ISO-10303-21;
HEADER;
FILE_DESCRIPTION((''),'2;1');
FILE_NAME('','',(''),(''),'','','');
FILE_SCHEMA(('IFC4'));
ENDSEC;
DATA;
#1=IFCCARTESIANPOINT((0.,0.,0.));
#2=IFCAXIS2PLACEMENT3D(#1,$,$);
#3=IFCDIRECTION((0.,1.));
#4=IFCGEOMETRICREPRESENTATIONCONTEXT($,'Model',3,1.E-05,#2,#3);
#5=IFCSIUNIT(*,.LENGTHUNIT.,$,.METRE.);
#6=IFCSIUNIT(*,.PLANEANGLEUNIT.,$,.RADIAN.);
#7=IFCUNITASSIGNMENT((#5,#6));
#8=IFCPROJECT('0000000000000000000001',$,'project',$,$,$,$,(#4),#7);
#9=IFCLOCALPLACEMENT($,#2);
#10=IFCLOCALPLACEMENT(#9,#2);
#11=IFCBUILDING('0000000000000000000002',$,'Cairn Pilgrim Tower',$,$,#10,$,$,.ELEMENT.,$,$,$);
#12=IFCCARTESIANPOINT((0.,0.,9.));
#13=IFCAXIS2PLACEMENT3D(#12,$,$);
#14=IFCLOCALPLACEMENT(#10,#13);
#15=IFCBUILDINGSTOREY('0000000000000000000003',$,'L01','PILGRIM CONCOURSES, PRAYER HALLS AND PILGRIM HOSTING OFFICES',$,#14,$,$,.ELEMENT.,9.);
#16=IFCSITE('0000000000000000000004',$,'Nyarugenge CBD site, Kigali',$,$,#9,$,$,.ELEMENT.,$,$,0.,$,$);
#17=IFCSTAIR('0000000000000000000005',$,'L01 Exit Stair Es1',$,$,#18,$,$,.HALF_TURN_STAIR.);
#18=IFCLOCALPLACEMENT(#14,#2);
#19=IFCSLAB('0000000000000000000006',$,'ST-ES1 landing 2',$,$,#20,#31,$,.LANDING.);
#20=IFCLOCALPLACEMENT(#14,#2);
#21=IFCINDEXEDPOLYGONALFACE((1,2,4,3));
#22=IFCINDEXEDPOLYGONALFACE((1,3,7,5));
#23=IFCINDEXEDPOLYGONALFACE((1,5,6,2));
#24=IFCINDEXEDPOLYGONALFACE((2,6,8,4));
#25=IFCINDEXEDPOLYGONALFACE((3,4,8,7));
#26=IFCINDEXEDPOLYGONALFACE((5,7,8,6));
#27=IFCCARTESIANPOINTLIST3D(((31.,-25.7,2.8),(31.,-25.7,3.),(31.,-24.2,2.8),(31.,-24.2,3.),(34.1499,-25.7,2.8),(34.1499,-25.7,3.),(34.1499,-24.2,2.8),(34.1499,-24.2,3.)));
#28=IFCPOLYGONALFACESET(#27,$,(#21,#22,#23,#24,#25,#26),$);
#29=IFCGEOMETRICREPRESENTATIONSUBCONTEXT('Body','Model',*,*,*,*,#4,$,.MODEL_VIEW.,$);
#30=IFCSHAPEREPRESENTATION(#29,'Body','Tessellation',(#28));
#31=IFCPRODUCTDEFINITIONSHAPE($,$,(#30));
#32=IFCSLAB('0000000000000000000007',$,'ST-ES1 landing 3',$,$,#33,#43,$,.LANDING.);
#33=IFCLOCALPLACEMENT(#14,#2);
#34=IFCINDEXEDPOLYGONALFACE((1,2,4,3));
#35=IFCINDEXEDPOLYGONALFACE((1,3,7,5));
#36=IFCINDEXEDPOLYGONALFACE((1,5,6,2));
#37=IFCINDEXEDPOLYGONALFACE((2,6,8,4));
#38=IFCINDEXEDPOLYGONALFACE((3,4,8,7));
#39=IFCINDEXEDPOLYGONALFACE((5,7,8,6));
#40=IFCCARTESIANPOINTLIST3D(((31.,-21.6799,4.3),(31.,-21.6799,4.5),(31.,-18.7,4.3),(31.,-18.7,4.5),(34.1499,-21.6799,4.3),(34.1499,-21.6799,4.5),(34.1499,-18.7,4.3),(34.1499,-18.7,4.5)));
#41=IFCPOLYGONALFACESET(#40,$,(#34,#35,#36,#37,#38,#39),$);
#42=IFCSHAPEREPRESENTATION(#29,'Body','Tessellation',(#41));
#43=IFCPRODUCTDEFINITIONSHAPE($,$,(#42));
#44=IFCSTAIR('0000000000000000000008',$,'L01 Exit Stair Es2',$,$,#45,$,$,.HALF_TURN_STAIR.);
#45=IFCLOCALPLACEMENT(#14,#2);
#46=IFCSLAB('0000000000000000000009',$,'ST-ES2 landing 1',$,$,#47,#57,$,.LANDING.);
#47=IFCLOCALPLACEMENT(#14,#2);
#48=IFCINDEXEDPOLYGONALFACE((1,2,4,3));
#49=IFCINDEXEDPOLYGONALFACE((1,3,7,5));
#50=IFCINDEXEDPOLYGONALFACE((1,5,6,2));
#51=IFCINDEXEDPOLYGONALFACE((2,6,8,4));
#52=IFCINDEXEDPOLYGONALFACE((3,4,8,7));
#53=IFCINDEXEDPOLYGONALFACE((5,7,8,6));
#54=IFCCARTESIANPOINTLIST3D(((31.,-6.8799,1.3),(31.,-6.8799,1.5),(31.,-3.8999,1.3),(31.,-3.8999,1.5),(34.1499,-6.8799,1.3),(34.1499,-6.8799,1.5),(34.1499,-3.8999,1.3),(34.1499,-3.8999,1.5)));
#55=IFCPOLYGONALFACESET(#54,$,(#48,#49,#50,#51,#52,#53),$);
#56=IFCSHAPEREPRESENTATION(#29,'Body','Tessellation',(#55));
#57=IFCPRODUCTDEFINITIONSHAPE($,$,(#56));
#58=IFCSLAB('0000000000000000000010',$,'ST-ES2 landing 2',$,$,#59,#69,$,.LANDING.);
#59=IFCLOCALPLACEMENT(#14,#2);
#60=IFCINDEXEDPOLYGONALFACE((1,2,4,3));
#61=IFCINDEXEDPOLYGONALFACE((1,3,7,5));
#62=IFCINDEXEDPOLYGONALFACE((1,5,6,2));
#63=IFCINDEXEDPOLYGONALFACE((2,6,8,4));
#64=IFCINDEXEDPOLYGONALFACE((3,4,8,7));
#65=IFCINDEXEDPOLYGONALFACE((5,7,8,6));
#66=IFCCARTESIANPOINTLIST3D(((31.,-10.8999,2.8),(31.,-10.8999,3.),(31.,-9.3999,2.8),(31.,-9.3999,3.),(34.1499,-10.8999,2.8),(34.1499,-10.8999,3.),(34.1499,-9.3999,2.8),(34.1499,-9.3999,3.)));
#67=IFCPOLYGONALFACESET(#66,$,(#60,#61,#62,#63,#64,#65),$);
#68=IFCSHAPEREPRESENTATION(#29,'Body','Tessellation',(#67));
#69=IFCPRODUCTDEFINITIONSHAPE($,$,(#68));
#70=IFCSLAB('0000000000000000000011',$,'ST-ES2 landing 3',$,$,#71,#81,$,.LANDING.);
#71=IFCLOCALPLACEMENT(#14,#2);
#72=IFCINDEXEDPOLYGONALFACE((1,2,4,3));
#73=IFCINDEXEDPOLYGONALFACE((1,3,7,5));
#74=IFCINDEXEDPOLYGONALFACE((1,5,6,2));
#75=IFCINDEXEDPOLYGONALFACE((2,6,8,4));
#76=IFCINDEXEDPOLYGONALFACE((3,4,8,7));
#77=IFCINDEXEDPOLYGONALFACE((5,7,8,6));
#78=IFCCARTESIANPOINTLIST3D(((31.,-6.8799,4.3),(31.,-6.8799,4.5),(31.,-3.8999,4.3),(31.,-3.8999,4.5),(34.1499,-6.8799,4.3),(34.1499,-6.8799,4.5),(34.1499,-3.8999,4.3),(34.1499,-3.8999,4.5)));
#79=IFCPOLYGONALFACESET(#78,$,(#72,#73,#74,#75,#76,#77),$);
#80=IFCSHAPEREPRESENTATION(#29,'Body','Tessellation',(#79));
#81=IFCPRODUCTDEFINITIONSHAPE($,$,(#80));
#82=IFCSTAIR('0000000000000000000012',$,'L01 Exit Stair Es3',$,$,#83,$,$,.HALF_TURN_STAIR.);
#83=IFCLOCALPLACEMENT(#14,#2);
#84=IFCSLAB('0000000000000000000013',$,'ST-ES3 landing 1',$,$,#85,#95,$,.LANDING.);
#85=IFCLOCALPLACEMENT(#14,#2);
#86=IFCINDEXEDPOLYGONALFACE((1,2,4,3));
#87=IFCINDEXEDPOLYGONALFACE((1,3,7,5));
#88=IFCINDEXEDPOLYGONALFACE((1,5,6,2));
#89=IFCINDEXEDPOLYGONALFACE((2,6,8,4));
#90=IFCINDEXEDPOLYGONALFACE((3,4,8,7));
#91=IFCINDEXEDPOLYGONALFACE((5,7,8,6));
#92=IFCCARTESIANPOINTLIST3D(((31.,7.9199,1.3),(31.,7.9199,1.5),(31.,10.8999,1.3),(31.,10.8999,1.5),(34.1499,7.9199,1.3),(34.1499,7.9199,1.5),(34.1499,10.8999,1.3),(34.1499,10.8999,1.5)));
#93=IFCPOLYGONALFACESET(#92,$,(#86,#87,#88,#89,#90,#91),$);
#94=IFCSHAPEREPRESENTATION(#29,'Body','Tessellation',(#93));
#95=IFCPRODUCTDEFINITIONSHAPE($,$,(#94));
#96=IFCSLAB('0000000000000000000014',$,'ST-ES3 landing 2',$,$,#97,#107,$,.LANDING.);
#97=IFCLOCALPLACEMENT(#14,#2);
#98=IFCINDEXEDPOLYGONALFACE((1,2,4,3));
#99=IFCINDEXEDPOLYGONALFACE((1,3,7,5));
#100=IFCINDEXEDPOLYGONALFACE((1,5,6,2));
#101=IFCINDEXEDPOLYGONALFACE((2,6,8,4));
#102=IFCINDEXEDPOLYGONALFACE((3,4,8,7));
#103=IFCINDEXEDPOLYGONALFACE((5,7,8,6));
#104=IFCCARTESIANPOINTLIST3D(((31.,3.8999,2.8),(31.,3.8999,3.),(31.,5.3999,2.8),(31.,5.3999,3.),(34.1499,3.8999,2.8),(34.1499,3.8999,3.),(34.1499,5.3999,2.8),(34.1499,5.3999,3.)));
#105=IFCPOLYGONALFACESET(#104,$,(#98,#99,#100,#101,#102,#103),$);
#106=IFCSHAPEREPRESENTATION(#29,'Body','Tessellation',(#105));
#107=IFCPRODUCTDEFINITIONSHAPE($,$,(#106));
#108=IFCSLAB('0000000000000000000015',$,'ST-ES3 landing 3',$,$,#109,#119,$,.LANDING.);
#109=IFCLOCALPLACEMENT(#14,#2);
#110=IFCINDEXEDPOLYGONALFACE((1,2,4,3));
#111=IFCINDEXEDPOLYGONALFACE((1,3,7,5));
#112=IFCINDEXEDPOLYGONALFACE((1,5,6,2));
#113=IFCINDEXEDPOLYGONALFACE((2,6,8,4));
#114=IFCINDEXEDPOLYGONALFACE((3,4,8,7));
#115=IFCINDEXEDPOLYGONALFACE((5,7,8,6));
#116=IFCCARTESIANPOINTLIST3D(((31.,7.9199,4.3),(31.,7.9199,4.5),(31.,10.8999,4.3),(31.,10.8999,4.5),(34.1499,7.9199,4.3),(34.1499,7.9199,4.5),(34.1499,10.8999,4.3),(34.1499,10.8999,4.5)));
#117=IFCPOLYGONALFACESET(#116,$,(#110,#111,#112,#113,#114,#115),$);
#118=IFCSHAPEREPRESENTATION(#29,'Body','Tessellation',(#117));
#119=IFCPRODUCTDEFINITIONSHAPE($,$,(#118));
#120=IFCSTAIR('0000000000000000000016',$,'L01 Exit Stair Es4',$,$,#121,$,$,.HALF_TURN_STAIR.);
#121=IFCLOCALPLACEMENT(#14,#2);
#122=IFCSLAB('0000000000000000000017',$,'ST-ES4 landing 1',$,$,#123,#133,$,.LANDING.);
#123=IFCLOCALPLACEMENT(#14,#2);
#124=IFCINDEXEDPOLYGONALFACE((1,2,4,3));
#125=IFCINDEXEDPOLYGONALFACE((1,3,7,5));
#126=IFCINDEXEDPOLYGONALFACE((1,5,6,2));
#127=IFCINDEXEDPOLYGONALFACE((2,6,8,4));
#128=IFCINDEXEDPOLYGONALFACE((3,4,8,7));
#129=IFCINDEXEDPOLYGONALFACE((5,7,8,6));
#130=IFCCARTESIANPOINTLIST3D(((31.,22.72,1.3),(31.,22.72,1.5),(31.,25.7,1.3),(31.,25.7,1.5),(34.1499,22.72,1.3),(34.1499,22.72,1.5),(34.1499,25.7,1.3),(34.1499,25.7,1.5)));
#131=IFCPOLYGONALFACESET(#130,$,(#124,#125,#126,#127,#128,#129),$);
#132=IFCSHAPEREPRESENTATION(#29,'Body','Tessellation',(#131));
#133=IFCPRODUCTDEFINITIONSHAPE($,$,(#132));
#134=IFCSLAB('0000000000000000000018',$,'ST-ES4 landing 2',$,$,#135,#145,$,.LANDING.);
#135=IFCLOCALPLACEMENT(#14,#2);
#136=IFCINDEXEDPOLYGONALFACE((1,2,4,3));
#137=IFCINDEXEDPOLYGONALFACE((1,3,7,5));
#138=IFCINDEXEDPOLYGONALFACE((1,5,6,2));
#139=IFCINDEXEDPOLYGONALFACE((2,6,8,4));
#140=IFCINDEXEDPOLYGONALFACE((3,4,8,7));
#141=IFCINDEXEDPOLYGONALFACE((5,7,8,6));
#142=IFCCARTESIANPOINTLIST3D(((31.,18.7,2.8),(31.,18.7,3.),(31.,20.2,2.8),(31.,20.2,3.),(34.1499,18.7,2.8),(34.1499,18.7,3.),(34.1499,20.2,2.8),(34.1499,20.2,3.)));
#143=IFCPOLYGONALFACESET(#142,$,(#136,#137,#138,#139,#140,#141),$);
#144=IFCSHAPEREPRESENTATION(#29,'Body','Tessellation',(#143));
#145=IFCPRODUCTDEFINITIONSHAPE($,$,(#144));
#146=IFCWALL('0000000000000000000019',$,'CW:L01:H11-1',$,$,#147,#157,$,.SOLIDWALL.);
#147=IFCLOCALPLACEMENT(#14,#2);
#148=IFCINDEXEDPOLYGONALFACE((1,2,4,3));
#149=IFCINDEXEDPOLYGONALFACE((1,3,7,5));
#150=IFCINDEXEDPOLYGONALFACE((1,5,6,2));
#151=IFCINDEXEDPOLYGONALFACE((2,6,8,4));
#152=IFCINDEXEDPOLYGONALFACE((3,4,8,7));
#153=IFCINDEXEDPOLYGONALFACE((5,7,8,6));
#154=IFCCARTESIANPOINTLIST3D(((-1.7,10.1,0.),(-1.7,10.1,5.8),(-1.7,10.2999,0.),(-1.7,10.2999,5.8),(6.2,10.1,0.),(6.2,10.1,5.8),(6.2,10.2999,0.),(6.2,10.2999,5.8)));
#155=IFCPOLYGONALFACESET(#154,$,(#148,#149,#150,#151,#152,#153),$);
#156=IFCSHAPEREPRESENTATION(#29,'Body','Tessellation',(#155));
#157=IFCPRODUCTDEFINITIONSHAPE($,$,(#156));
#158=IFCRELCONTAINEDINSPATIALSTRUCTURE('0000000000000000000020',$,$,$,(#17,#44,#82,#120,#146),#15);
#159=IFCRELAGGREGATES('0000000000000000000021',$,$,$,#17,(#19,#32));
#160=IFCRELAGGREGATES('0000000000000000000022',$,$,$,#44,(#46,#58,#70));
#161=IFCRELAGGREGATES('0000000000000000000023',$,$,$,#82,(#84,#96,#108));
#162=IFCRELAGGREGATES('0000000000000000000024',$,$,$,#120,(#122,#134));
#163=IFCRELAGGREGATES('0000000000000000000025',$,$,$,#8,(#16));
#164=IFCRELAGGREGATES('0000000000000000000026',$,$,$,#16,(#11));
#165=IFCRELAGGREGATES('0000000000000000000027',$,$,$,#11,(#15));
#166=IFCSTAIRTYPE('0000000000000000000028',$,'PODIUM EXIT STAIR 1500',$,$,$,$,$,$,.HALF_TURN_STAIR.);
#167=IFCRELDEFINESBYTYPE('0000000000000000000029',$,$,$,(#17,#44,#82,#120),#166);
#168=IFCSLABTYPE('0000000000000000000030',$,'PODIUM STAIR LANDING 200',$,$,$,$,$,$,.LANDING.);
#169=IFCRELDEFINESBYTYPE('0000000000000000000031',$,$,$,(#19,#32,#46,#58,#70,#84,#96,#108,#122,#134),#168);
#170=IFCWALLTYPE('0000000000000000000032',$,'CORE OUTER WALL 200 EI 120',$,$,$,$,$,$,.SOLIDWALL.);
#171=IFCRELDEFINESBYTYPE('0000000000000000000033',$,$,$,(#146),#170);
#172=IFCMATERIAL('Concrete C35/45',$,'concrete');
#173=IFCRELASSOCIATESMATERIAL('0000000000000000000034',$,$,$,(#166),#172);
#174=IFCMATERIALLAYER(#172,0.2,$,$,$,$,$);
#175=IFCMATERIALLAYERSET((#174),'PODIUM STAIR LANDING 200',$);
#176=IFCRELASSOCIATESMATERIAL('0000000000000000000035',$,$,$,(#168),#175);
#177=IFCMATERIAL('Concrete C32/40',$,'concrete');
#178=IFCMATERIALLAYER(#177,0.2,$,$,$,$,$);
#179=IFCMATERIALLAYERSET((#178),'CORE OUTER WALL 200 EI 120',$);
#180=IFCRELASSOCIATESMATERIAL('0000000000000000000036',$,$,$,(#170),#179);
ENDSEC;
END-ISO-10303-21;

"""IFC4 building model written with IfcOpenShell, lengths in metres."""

from ifc_helpers import new_model, si_unit, direction, frame, frame_2d, origin, place, context, subcontext, project, spatial, polyline, rectangle, outline, extrude, material, layer, layer_set, type_object, element, aggregate, save


model = new_model("IFC4")

# Units and contexts
model_context = context("Model", 3, precision=1e-05, world=origin(), true_north=direction((0.0, 1.0)))
body_context = subcontext(model_context, "Body", "Model", "MODEL_VIEW")
ifc_project = project(units=[si_unit("LENGTHUNIT", "METRE"), si_unit("PLANEANGLEUNIT", "RADIAN")], contexts=[model_context])

# Site, building, storey
site_placement = place(None, origin())
site = spatial("IfcSite", under=ifc_project, at=site_placement, Name="Nyarugenge CBD site, Kigali", CompositionType="ELEMENT", RefElevation=0.0)
building_placement = place(site_placement, origin())
building = spatial("IfcBuilding", under=site, at=building_placement, Name="Cairn Pilgrim Tower", CompositionType="ELEMENT")
storey_placement = place(building_placement, frame((0.0, 0.0, 9.0)))
storey = spatial("IfcBuildingStorey", under=building, at=storey_placement, Name="L01", Description="PILGRIM CONCOURSES, PRAYER HALLS AND PILGRIM HOSTING OFFICES", CompositionType="ELEMENT", Elevation=9.0)

# Stairs, slabs
ifc_material_1 = material(Name="Concrete C35/45", Category="concrete")
stair_type = type_object("IfcStairType", Name="PODIUM EXIT STAIR 1500", PredefinedType="HALF_TURN_STAIR", material=ifc_material_1)
stair_1_placement = place(storey_placement, origin())
stair_1 = element("IfcStair", 1, at=stair_1_placement, inside=storey, type_object=stair_type, Name="L01 Exit Stair Es1", PredefinedType="HALF_TURN_STAIR")
ifc_layer_1 = layer(ifc_material_1, 0.2)
ifc_layer_set_1 = layer_set([ifc_layer_1], Name="PODIUM STAIR LANDING 200")
slab_type = type_object("IfcSlabType", Name="PODIUM STAIR LANDING 200", PredefinedType="LANDING", material=ifc_layer_set_1)
slab_1_placement = place(storey_placement, frame((0.0, 0.0, 2.8)))
slab_1 = element("IfcSlab", 2, at=slab_1_placement, type_object=slab_type, Name="ST-ES1 landing 2", PredefinedType="LANDING", context=body_context, shape_type="SweptSolid", body=[
    extrude(outline(polyline([(34.1499, -25.7), (34.1499, -24.2), (31.0, -24.2), (31.0, -25.7), (34.1499, -25.7)])), origin(), (0.0, 0.0, 1.0), 0.2),
])
slab_2_placement = place(storey_placement, frame((0.0, 0.0, 4.3)))
slab_2 = element("IfcSlab", 3, at=slab_2_placement, type_object=slab_type, Name="ST-ES1 landing 3", PredefinedType="LANDING", context=body_context, shape_type="SweptSolid", body=[
    extrude(outline(polyline([(34.1499, -21.6799), (34.1499, -18.7), (31.0, -18.7), (31.0, -21.6799), (34.1499, -21.6799)])), origin(), (0.0, 0.0, 1.0), 0.2),
])
aggregate(stair_1, [slab_1, slab_2])
stair_2_placement = place(storey_placement, origin())
stair_2 = element("IfcStair", 4, at=stair_2_placement, inside=storey, type_object=stair_type, Name="L01 Exit Stair Es2", PredefinedType="HALF_TURN_STAIR")
slab_3_placement = place(storey_placement, frame((0.0, 0.0, 1.3)))
slab_3 = element("IfcSlab", 5, at=slab_3_placement, type_object=slab_type, Name="ST-ES2 landing 1", PredefinedType="LANDING", context=body_context, shape_type="SweptSolid", body=[
    extrude(outline(polyline([(34.1499, -6.8799), (34.1499, -3.8999), (31.0, -3.8999), (31.0, -6.8799), (34.1499, -6.8799)])), origin(), (0.0, 0.0, 1.0), 0.2),
])
slab_4_placement = place(storey_placement, frame((0.0, 0.0, 2.8)))
slab_4 = element("IfcSlab", 6, at=slab_4_placement, type_object=slab_type, Name="ST-ES2 landing 2", PredefinedType="LANDING", context=body_context, shape_type="SweptSolid", body=[
    extrude(outline(polyline([(34.1499, -10.8999), (34.1499, -9.3999), (31.0, -9.3999), (31.0, -10.8999), (34.1499, -10.8999)])), origin(), (0.0, 0.0, 1.0), 0.2),
])
slab_5_placement = place(storey_placement, frame((0.0, 0.0, 4.3)))
slab_5 = element("IfcSlab", 7, at=slab_5_placement, type_object=slab_type, Name="ST-ES2 landing 3", PredefinedType="LANDING", context=body_context, shape_type="SweptSolid", body=[
    extrude(outline(polyline([(34.1499, -6.8799), (34.1499, -3.8999), (31.0, -3.8999), (31.0, -6.8799), (34.1499, -6.8799)])), origin(), (0.0, 0.0, 1.0), 0.2),
])
aggregate(stair_2, [slab_3, slab_4, slab_5])
stair_3_placement = place(storey_placement, origin())
stair_3 = element("IfcStair", 8, at=stair_3_placement, inside=storey, type_object=stair_type, Name="L01 Exit Stair Es3", PredefinedType="HALF_TURN_STAIR")
slab_6_placement = place(storey_placement, frame((0.0, 0.0, 1.3)))
slab_6 = element("IfcSlab", 9, at=slab_6_placement, type_object=slab_type, Name="ST-ES3 landing 1", PredefinedType="LANDING", context=body_context, shape_type="SweptSolid", body=[
    extrude(outline(polyline([(34.1499, 7.9199), (34.1499, 10.8999), (31.0, 10.8999), (31.0, 7.9199), (34.1499, 7.9199)])), origin(), (0.0, 0.0, 1.0), 0.2),
])
slab_7_placement = place(storey_placement, frame((0.0, 0.0, 2.8)))
slab_7 = element("IfcSlab", 10, at=slab_7_placement, type_object=slab_type, Name="ST-ES3 landing 2", PredefinedType="LANDING", context=body_context, shape_type="SweptSolid", body=[
    extrude(outline(polyline([(34.1499, 3.8999), (34.1499, 5.3999), (31.0, 5.3999), (31.0, 3.8999), (34.1499, 3.8999)])), origin(), (0.0, 0.0, 1.0), 0.2),
])
slab_8_placement = place(storey_placement, frame((0.0, 0.0, 4.3)))
slab_8 = element("IfcSlab", 11, at=slab_8_placement, type_object=slab_type, Name="ST-ES3 landing 3", PredefinedType="LANDING", context=body_context, shape_type="SweptSolid", body=[
    extrude(outline(polyline([(34.1499, 7.9199), (34.1499, 10.8999), (31.0, 10.8999), (31.0, 7.9199), (34.1499, 7.9199)])), origin(), (0.0, 0.0, 1.0), 0.2),
])
aggregate(stair_3, [slab_6, slab_7, slab_8])
stair_4_placement = place(storey_placement, origin())
stair_4 = element("IfcStair", 12, at=stair_4_placement, inside=storey, type_object=stair_type, Name="L01 Exit Stair Es4", PredefinedType="HALF_TURN_STAIR")
slab_9_placement = place(storey_placement, frame((0.0, 0.0, 1.3)))
slab_9 = element("IfcSlab", 13, at=slab_9_placement, type_object=slab_type, Name="ST-ES4 landing 1", PredefinedType="LANDING", context=body_context, shape_type="SweptSolid", body=[
    extrude(outline(polyline([(34.1499, 22.72), (34.1499, 25.7), (31.0, 25.7), (31.0, 22.72), (34.1499, 22.72)])), origin(), (0.0, 0.0, 1.0), 0.2),
])
slab_10_placement = place(storey_placement, frame((0.0, 0.0, 2.8)))
slab_10 = element("IfcSlab", 14, at=slab_10_placement, type_object=slab_type, Name="ST-ES4 landing 2", PredefinedType="LANDING", context=body_context, shape_type="SweptSolid", body=[
    extrude(outline(polyline([(34.1499, 18.7), (34.1499, 20.2), (31.0, 20.2), (31.0, 18.7), (34.1499, 18.7)])), origin(), (0.0, 0.0, 1.0), 0.2),
])
aggregate(stair_4, [slab_9, slab_10])

# Wall
ifc_material_2 = material(Name="Concrete C32/40", Category="concrete")
ifc_layer_2 = layer(ifc_material_2, 0.2)
ifc_layer_set_2 = layer_set([ifc_layer_2], Name="CORE OUTER WALL 200 EI 120")
wall_type_1 = type_object("IfcWallType", Name="CORE OUTER WALL 200 EI 120", PredefinedType="SOLIDWALL", material=ifc_layer_set_2)
wall_1_placement = place(storey_placement, frame((-1.7, 10.2, 0.0), z_axis=(0.0, 0.0, 1.0), x_axis=(1.0, 0.0, 0.0)))
element("IfcWall", 15, at=wall_1_placement, inside=storey, type_object=wall_type_1, Name="CW:L01:H11-1", PredefinedType="SOLIDWALL", context=body_context, shape_type="SweptSolid", body=[
    extrude(rectangle(XDim=7.8999, YDim=0.2, at=frame_2d((3.95, 0.0))), origin(), (0.0, 0.0, 1.0), 5.8),
])

save(model, "model.ifc")
